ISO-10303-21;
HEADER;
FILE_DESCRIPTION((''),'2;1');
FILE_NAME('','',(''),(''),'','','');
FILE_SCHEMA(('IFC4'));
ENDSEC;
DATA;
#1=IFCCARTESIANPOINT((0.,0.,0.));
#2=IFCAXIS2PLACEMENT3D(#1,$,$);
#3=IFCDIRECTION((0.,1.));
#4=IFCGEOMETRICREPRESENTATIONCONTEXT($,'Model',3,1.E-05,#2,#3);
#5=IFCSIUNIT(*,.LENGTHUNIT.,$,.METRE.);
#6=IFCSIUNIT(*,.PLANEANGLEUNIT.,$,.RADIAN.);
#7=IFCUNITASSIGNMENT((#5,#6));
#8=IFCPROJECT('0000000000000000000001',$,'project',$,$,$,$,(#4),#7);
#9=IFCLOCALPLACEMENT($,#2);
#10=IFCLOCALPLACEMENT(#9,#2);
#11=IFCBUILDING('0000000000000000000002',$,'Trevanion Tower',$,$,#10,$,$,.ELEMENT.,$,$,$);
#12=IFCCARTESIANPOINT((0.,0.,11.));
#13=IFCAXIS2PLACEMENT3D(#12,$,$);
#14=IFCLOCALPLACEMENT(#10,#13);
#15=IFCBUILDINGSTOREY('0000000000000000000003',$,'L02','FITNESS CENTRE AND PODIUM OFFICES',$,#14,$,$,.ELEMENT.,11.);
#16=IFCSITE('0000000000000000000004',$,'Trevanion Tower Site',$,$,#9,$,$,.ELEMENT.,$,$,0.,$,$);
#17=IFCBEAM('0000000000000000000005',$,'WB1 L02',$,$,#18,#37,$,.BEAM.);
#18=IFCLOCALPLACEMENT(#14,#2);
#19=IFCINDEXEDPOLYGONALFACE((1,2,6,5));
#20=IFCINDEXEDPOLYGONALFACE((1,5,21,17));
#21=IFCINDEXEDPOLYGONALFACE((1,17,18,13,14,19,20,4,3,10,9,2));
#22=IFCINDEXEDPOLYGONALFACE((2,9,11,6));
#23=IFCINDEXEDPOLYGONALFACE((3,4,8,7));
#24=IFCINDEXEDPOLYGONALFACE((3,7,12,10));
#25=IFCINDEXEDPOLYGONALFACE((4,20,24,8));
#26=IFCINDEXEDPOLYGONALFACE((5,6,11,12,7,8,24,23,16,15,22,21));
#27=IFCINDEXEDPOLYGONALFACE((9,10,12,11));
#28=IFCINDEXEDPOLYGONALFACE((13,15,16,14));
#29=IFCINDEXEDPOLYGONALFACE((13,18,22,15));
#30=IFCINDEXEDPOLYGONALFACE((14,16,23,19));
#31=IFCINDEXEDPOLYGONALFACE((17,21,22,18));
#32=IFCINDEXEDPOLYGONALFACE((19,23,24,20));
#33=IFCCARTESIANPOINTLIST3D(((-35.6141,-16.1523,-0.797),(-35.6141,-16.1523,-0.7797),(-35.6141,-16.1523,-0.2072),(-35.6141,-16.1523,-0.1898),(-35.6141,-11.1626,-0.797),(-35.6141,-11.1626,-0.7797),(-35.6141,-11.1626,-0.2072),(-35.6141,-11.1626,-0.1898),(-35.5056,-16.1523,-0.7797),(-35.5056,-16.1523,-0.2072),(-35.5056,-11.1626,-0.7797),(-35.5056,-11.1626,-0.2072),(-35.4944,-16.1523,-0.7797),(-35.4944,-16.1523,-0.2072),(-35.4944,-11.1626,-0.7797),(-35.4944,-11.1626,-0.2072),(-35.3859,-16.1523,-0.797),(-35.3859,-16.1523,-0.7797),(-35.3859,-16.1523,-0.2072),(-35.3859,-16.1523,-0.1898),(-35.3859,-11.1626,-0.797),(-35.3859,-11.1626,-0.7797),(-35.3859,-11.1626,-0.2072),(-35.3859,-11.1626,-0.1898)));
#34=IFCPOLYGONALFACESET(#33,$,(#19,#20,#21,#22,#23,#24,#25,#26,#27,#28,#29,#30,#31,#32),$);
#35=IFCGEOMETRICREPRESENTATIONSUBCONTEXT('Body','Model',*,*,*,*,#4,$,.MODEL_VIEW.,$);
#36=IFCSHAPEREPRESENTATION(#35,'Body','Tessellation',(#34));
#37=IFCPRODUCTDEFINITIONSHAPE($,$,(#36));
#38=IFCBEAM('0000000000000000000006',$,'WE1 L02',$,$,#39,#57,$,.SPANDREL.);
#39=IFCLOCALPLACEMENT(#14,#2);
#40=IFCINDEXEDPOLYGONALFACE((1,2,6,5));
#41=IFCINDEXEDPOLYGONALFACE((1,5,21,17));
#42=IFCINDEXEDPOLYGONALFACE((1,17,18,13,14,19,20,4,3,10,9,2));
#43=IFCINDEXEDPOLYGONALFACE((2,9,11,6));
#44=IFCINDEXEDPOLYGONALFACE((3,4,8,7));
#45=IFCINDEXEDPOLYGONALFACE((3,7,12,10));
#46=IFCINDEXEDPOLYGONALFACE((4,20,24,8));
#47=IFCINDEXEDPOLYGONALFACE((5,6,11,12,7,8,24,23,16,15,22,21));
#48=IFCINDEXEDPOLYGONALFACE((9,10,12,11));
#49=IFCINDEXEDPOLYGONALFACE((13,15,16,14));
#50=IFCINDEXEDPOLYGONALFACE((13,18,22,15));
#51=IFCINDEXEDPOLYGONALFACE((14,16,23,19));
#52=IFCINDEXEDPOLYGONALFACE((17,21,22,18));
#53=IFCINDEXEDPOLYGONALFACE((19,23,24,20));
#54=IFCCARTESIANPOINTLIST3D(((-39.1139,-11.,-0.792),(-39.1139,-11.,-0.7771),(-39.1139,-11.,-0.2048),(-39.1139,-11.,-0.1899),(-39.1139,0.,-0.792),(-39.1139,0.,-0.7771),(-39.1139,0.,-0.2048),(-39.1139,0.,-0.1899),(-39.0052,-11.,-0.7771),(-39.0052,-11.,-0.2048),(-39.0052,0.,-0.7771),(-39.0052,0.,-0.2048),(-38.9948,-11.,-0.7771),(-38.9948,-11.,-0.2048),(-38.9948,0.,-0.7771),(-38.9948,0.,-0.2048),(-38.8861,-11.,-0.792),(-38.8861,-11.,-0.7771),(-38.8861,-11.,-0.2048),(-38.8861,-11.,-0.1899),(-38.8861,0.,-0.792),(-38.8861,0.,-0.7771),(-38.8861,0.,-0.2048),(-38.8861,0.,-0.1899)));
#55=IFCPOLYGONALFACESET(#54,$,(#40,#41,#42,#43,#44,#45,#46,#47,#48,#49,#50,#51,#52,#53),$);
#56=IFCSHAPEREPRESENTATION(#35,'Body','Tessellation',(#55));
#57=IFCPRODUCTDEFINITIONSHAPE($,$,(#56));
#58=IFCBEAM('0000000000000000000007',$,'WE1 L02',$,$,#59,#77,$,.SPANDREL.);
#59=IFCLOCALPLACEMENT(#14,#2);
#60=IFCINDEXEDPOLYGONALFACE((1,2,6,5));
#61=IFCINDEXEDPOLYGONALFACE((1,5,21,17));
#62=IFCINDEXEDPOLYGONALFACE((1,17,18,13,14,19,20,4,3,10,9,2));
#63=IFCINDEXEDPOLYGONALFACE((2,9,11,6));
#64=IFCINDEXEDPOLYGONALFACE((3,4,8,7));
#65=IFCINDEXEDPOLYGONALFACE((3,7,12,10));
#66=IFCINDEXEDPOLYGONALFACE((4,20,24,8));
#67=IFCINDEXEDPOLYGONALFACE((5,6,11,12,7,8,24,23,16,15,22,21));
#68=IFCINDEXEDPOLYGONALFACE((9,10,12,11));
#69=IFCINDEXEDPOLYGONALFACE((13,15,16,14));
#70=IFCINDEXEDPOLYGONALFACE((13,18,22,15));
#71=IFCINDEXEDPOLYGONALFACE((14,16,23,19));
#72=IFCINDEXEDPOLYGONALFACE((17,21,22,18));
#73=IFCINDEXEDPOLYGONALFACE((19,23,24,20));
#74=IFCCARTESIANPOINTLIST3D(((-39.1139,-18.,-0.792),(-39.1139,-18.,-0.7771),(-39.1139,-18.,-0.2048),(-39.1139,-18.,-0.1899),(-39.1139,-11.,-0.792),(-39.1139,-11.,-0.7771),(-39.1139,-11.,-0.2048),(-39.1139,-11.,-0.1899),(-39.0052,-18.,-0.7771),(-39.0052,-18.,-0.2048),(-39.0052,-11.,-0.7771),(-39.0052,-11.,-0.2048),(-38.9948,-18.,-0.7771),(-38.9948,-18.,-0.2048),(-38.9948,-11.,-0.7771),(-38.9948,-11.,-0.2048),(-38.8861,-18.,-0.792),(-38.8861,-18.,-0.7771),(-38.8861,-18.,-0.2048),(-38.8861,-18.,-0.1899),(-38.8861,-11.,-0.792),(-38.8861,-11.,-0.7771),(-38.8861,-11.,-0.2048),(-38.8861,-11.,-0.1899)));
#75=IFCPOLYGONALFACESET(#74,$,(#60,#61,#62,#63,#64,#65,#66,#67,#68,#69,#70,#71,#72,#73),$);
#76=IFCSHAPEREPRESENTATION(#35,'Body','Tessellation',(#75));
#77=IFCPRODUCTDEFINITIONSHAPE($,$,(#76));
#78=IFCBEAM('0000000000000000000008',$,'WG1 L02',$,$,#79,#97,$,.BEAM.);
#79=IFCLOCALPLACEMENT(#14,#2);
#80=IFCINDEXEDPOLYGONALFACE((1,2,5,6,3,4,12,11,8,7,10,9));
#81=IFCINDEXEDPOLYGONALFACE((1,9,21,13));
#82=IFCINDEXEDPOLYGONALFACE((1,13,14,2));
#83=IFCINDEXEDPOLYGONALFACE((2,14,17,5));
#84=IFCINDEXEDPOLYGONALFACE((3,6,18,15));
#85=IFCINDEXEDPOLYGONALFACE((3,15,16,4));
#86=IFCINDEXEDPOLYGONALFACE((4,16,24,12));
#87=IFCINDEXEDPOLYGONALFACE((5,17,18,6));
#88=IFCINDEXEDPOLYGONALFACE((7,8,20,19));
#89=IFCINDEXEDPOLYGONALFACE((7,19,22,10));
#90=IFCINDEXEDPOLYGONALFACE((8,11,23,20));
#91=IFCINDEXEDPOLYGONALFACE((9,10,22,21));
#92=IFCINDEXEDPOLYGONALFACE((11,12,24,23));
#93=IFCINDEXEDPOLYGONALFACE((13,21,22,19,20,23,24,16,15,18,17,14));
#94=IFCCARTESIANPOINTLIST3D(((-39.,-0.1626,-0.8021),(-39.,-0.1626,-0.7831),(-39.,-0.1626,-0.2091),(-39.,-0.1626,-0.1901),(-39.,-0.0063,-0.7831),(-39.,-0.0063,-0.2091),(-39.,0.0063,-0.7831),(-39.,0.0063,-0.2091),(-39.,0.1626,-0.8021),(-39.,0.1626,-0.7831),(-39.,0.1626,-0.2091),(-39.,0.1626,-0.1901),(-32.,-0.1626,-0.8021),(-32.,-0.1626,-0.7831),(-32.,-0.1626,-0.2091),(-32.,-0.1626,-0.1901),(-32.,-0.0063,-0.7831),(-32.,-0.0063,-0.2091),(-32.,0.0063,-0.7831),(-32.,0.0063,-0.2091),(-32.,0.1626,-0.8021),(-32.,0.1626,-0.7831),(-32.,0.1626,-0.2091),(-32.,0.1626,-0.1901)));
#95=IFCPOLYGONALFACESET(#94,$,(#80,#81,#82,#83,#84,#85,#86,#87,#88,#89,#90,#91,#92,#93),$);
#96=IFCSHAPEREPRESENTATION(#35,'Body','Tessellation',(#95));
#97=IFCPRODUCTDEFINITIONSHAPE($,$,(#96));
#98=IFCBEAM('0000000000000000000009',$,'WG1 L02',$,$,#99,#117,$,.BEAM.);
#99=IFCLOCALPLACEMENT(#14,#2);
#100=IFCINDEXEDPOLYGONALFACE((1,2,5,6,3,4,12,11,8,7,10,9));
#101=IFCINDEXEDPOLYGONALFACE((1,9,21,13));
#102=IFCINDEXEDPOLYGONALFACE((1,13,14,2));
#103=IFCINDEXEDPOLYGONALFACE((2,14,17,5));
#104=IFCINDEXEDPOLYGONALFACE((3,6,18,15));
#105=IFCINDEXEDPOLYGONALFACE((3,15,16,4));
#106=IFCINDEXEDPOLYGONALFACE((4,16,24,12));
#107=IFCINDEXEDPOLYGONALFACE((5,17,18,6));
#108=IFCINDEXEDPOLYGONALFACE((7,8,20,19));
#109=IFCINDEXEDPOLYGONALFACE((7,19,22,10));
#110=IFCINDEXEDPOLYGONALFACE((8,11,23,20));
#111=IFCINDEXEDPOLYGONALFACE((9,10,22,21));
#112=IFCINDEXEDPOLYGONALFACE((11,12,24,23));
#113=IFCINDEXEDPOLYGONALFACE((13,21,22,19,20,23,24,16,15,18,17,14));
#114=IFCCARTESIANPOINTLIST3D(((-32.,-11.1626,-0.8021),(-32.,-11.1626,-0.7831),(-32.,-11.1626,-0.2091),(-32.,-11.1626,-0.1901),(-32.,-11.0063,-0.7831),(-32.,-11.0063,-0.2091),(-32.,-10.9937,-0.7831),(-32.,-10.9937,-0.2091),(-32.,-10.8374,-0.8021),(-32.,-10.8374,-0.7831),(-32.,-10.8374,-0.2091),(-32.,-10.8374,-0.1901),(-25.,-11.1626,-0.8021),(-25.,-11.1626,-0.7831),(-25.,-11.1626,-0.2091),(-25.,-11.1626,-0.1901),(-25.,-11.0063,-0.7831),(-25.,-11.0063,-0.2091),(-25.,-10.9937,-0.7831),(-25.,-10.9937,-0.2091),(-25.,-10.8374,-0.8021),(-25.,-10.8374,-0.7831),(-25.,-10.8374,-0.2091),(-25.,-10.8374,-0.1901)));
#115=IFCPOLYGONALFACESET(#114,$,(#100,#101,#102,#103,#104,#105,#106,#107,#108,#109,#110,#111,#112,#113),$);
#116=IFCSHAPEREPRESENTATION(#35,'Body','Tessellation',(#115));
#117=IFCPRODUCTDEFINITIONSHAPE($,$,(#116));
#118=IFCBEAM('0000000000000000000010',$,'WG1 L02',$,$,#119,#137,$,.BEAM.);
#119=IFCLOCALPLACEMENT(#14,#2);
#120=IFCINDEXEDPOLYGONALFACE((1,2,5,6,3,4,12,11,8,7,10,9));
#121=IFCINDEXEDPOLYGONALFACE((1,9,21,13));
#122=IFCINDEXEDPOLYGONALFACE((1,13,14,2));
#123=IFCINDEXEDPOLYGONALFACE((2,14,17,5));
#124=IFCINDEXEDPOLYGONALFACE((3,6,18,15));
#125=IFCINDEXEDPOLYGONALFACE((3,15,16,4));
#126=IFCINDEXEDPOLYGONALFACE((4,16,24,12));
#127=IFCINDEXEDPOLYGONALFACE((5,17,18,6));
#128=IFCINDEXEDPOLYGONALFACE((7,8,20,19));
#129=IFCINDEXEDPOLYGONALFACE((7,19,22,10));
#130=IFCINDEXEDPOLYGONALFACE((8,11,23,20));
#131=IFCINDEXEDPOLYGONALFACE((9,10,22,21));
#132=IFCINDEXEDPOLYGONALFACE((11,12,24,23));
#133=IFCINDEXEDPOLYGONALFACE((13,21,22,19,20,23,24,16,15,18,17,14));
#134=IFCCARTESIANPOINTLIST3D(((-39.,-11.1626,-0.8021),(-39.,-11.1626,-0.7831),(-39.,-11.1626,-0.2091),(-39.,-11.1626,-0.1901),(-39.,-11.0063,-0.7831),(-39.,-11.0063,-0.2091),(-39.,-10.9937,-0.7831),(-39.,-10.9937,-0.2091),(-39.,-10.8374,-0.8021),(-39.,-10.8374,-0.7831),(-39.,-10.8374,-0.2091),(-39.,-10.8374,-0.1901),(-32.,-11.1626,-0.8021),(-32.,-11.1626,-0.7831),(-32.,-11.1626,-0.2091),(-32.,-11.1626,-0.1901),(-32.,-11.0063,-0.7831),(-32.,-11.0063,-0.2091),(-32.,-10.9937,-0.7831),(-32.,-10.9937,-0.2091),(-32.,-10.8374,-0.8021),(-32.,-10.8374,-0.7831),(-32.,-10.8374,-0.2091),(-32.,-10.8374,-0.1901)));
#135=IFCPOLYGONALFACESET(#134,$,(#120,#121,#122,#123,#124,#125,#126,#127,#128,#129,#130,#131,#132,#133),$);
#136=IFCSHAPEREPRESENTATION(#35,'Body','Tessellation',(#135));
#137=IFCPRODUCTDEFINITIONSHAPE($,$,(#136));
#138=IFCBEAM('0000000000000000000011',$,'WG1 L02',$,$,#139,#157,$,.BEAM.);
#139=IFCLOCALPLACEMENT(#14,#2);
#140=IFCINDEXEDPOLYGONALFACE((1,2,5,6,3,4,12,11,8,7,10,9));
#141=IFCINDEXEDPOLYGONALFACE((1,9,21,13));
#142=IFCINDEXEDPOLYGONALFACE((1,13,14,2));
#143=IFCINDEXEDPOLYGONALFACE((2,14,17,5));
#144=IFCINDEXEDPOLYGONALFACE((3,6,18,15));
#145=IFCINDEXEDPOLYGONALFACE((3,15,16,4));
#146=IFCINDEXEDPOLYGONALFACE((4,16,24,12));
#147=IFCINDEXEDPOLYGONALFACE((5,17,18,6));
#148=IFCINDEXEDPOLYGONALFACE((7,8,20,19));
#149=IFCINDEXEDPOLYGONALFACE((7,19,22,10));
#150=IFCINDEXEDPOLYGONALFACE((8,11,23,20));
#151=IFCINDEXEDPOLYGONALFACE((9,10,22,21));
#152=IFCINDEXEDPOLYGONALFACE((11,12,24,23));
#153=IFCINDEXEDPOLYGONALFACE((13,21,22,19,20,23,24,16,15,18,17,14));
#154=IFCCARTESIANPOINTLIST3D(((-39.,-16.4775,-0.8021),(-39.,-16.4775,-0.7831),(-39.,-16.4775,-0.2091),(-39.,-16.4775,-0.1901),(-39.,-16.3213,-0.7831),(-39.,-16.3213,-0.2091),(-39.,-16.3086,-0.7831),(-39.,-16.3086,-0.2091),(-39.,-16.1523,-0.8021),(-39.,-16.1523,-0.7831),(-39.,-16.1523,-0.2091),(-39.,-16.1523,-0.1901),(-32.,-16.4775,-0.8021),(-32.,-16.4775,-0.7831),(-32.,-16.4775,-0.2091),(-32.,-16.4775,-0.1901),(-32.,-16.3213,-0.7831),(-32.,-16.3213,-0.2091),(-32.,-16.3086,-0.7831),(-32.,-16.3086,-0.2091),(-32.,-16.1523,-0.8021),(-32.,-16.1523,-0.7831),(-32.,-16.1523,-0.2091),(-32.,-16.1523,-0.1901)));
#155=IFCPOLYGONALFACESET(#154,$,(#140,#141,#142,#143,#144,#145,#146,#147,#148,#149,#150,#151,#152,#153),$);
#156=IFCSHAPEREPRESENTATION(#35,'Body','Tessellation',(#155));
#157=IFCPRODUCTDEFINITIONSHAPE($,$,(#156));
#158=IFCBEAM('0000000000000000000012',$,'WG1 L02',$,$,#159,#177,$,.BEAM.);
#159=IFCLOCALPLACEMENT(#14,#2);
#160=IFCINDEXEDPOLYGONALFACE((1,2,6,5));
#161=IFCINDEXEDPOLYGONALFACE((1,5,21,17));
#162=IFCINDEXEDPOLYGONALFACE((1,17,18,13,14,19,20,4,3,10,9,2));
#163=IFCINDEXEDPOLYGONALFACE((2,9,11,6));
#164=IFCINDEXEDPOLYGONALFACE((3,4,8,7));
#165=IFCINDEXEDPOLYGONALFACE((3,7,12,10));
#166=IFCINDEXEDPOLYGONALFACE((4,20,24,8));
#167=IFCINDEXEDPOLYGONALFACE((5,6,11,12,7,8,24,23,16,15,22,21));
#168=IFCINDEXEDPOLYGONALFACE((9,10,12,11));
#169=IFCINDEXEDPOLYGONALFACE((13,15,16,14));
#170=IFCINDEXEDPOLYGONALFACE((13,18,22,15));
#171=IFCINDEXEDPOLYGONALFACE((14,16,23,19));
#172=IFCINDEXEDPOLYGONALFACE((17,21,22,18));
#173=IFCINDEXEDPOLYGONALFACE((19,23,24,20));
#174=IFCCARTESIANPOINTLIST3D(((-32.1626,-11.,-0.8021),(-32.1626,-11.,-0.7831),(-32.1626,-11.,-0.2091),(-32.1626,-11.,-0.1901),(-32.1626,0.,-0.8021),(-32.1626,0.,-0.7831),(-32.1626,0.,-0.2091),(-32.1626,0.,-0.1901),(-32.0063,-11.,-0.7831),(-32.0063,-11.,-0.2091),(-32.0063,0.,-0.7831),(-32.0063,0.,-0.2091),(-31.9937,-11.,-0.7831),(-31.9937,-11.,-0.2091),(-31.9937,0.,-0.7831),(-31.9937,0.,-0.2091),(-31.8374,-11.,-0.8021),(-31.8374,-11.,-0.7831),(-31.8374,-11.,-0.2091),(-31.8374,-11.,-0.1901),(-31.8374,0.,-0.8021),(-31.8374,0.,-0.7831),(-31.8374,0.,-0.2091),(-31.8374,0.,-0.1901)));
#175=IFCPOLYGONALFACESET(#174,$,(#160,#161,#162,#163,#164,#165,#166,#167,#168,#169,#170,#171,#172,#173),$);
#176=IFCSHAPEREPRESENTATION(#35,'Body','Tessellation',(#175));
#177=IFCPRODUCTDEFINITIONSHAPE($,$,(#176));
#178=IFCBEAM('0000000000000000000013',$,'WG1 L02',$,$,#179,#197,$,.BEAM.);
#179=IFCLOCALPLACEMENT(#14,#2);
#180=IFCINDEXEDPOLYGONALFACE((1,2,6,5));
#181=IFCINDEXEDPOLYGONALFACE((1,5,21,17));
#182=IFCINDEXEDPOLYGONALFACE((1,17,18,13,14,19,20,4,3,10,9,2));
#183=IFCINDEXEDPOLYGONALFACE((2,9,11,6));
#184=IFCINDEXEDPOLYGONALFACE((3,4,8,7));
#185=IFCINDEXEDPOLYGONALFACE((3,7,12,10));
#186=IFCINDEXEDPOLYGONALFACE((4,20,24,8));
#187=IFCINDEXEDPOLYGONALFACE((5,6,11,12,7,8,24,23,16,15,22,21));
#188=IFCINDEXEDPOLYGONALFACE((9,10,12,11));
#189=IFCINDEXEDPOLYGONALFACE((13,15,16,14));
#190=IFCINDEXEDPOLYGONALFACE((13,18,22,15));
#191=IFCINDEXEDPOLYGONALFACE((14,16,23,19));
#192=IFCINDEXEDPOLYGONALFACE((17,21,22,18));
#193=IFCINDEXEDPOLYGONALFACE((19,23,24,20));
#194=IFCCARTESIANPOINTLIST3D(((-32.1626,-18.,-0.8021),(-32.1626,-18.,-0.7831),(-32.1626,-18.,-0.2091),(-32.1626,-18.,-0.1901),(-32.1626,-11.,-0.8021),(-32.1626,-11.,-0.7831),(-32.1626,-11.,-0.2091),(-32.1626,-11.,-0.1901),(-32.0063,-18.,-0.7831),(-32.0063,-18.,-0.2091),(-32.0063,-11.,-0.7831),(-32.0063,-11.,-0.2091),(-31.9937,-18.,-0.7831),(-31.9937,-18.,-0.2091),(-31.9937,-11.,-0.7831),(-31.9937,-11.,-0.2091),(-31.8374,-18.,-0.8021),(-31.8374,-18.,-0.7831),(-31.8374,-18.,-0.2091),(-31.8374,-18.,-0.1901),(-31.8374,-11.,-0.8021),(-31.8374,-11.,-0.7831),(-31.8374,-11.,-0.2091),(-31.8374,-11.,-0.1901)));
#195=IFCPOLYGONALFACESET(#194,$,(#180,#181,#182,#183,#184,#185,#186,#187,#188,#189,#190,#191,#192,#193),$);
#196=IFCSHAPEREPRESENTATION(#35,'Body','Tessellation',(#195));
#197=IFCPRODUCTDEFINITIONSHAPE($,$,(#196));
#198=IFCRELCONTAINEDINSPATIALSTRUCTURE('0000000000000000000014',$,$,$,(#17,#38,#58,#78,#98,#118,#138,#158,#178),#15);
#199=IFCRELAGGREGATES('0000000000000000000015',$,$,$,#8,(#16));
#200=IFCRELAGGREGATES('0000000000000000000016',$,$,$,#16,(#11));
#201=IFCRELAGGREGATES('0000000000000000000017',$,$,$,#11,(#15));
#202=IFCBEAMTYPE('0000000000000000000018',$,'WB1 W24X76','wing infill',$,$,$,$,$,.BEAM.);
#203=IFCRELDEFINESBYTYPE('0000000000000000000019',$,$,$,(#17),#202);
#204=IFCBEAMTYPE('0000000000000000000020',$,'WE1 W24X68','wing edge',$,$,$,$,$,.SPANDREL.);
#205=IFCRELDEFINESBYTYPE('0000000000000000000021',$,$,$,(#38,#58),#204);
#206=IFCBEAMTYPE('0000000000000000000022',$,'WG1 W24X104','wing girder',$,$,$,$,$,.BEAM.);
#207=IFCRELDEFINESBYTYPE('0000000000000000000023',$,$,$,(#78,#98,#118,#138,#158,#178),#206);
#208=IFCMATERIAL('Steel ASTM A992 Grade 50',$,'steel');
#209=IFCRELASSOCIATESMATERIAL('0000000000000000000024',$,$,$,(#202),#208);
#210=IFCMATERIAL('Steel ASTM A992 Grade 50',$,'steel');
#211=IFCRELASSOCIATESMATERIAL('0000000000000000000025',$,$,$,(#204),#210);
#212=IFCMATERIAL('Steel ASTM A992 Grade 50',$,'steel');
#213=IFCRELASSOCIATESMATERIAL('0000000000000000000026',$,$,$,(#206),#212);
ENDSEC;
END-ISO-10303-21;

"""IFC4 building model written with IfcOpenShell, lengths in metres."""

from ifc_helpers import new_model, si_unit, direction, frame, origin, origin_2d, place, context, subcontext, project, spatial, i_section, extrude, material, material_profile, profile_set, type_object, element, save


model = new_model("IFC4")

# Units and contexts
model_context = context("Model", 3, precision=1e-05, world=origin(), true_north=direction((0.0, 1.0)))
body_context = subcontext(model_context, "Body", "Model", "MODEL_VIEW")
ifc_project = project(units=[si_unit("LENGTHUNIT", "METRE"), si_unit("PLANEANGLEUNIT", "RADIAN")], contexts=[model_context])

# Site, building, storey
site_placement = place(None, origin())
site = spatial("IfcSite", under=ifc_project, at=site_placement, Name="Trevanion Tower Site", CompositionType="ELEMENT", RefElevation=0.0)
building_placement = place(site_placement, origin())
building = spatial("IfcBuilding", under=site, at=building_placement, Name="Trevanion Tower", CompositionType="ELEMENT")
storey_placement = place(building_placement, frame((0.0, 0.0, 11.0)))
storey = spatial("IfcBuildingStorey", under=building, at=storey_placement, Name="L02", Description="FITNESS CENTRE AND PODIUM OFFICES", CompositionType="ELEMENT", Elevation=11.0)

# Beams
ifc_material_1 = material(Name="Steel ASTM A992 Grade 50", Category="steel")
ifc_material_profile_1 = material_profile(ifc_material_1, i_section(OverallWidth=0.2283, OverallDepth=0.6072, WebThickness=0.0112, FlangeThickness=0.0173, at=origin_2d()), Name="W24X76")
ifc_profile_set_1 = profile_set([ifc_material_profile_1], Name="Steel ASTM A992 Grade 50")
beam_type_1 = type_object("IfcBeamType", Name="WB1 W24X76", Description="wing infill", PredefinedType="BEAM", material=ifc_profile_set_1)
beam_1_placement = place(storey_placement, frame((-35.5, -11.1626, -0.4934), z_axis=(0.0, -1.0, 0.0), x_axis=(1.0, 0.0, 0.0)))
element("IfcBeam", 1, at=beam_1_placement, inside=storey, type_object=beam_type_1, Name="WB1 L02", PredefinedType="BEAM", context=body_context, shape_type="SweptSolid", body=[
    extrude(i_section(OverallWidth=0.2283, OverallDepth=0.6072, WebThickness=0.0112, FlangeThickness=0.0173, at=origin_2d()), origin(), (0.0, 0.0, 1.0), 4.9897),
])
ifc_material_2 = material(Name="Steel ASTM A992 Grade 50", Category="steel")
ifc_material_profile_2 = material_profile(ifc_material_2, i_section(OverallWidth=0.2278, OverallDepth=0.6021, WebThickness=0.0105, FlangeThickness=0.0149, at=origin_2d()), Name="W24X68")
ifc_profile_set_2 = profile_set([ifc_material_profile_2], Name="Steel ASTM A992 Grade 50")
beam_type_2 = type_object("IfcBeamType", Name="WE1 W24X68", Description="wing edge", PredefinedType="SPANDREL", material=ifc_profile_set_2)
beam_2_placement = place(storey_placement, frame((-39.0, 0.0, -0.491), z_axis=(0.0, -1.0, 0.0), x_axis=(1.0, 0.0, 0.0)))
element("IfcBeam", 2, at=beam_2_placement, inside=storey, type_object=beam_type_2, Name="WE1 L02", PredefinedType="SPANDREL", context=body_context, shape_type="SweptSolid", body=[
    extrude(i_section(OverallWidth=0.2278, OverallDepth=0.6021, WebThickness=0.0105, FlangeThickness=0.0149, at=origin_2d()), origin(), (0.0, 0.0, 1.0), 11.0),
])
beam_3_placement = place(storey_placement, frame((-39.0, -11.0, -0.491), z_axis=(0.0, -1.0, 0.0), x_axis=(1.0, 0.0, 0.0)))
element("IfcBeam", 3, at=beam_3_placement, inside=storey, type_object=beam_type_2, Name="WE1 L02", PredefinedType="SPANDREL", context=body_context, shape_type="SweptSolid", body=[
    extrude(i_section(OverallWidth=0.2278, OverallDepth=0.6021, WebThickness=0.0105, FlangeThickness=0.0149, at=origin_2d()), origin(), (0.0, 0.0, 1.0), 7.0),
])
ifc_material_3 = material(Name="Steel ASTM A992 Grade 50", Category="steel")
ifc_material_profile_3 = material_profile(ifc_material_3, i_section(OverallWidth=0.3252, OverallDepth=0.6121, WebThickness=0.0127, FlangeThickness=0.019, at=origin_2d()), Name="W24X104")
ifc_profile_set_3 = profile_set([ifc_material_profile_3], Name="Steel ASTM A992 Grade 50")
beam_type_3 = type_object("IfcBeamType", Name="WG1 W24X104", Description="wing girder", PredefinedType="BEAM", material=ifc_profile_set_3)
for number, where, z_axis, x_axis, name in (
    (4, (-32.0, 0.0, -0.4961), (-1.0, 0.0, 0.0), (0.0, -1.0, 0.0), "WG1 L02"),
    (5, (-25.0, -11.0, -0.4961), (-1.0, 0.0, 0.0), (0.0, -1.0, 0.0), "WG1 L02"),
    (6, (-32.0, -11.0, -0.4961), (-1.0, 0.0, 0.0), (0.0, -1.0, 0.0), "WG1 L02"),
    (7, (-32.0, -16.3149, -0.4961), (-1.0, 0.0, 0.0), (0.0, -1.0, 0.0), "WG1 L02"),
):
    element("IfcBeam", number, at=place(storey_placement, frame(where, z_axis=z_axis, x_axis=x_axis)), inside=storey, type_object=beam_type_3, Name=name, PredefinedType="BEAM", context=body_context, shape_type="SweptSolid", body=[
        extrude(i_section(OverallWidth=0.3252, OverallDepth=0.6121, WebThickness=0.0127, FlangeThickness=0.019, at=origin_2d()), origin(), (0.0, 0.0, 1.0), 7.0),
    ])
beam_4_placement = place(storey_placement, frame((-32.0, 0.0, -0.4961), z_axis=(0.0, -1.0, 0.0), x_axis=(1.0, 0.0, 0.0)))
element("IfcBeam", 8, at=beam_4_placement, inside=storey, type_object=beam_type_3, Name="WG1 L02", PredefinedType="BEAM", context=body_context, shape_type="SweptSolid", body=[
    extrude(i_section(OverallWidth=0.3252, OverallDepth=0.6121, WebThickness=0.0127, FlangeThickness=0.019, at=origin_2d()), origin(), (0.0, 0.0, 1.0), 11.0),
])
beam_5_placement = place(storey_placement, frame((-32.0, -11.0, -0.4961), z_axis=(0.0, -1.0, 0.0), x_axis=(1.0, 0.0, 0.0)))
element("IfcBeam", 9, at=beam_5_placement, inside=storey, type_object=beam_type_3, Name="WG1 L02", PredefinedType="BEAM", context=body_context, shape_type="SweptSolid", body=[
    extrude(i_section(OverallWidth=0.3252, OverallDepth=0.6121, WebThickness=0.0127, FlangeThickness=0.019, at=origin_2d()), origin(), (0.0, 0.0, 1.0), 7.0),
])

save(model, "model.ifc")
